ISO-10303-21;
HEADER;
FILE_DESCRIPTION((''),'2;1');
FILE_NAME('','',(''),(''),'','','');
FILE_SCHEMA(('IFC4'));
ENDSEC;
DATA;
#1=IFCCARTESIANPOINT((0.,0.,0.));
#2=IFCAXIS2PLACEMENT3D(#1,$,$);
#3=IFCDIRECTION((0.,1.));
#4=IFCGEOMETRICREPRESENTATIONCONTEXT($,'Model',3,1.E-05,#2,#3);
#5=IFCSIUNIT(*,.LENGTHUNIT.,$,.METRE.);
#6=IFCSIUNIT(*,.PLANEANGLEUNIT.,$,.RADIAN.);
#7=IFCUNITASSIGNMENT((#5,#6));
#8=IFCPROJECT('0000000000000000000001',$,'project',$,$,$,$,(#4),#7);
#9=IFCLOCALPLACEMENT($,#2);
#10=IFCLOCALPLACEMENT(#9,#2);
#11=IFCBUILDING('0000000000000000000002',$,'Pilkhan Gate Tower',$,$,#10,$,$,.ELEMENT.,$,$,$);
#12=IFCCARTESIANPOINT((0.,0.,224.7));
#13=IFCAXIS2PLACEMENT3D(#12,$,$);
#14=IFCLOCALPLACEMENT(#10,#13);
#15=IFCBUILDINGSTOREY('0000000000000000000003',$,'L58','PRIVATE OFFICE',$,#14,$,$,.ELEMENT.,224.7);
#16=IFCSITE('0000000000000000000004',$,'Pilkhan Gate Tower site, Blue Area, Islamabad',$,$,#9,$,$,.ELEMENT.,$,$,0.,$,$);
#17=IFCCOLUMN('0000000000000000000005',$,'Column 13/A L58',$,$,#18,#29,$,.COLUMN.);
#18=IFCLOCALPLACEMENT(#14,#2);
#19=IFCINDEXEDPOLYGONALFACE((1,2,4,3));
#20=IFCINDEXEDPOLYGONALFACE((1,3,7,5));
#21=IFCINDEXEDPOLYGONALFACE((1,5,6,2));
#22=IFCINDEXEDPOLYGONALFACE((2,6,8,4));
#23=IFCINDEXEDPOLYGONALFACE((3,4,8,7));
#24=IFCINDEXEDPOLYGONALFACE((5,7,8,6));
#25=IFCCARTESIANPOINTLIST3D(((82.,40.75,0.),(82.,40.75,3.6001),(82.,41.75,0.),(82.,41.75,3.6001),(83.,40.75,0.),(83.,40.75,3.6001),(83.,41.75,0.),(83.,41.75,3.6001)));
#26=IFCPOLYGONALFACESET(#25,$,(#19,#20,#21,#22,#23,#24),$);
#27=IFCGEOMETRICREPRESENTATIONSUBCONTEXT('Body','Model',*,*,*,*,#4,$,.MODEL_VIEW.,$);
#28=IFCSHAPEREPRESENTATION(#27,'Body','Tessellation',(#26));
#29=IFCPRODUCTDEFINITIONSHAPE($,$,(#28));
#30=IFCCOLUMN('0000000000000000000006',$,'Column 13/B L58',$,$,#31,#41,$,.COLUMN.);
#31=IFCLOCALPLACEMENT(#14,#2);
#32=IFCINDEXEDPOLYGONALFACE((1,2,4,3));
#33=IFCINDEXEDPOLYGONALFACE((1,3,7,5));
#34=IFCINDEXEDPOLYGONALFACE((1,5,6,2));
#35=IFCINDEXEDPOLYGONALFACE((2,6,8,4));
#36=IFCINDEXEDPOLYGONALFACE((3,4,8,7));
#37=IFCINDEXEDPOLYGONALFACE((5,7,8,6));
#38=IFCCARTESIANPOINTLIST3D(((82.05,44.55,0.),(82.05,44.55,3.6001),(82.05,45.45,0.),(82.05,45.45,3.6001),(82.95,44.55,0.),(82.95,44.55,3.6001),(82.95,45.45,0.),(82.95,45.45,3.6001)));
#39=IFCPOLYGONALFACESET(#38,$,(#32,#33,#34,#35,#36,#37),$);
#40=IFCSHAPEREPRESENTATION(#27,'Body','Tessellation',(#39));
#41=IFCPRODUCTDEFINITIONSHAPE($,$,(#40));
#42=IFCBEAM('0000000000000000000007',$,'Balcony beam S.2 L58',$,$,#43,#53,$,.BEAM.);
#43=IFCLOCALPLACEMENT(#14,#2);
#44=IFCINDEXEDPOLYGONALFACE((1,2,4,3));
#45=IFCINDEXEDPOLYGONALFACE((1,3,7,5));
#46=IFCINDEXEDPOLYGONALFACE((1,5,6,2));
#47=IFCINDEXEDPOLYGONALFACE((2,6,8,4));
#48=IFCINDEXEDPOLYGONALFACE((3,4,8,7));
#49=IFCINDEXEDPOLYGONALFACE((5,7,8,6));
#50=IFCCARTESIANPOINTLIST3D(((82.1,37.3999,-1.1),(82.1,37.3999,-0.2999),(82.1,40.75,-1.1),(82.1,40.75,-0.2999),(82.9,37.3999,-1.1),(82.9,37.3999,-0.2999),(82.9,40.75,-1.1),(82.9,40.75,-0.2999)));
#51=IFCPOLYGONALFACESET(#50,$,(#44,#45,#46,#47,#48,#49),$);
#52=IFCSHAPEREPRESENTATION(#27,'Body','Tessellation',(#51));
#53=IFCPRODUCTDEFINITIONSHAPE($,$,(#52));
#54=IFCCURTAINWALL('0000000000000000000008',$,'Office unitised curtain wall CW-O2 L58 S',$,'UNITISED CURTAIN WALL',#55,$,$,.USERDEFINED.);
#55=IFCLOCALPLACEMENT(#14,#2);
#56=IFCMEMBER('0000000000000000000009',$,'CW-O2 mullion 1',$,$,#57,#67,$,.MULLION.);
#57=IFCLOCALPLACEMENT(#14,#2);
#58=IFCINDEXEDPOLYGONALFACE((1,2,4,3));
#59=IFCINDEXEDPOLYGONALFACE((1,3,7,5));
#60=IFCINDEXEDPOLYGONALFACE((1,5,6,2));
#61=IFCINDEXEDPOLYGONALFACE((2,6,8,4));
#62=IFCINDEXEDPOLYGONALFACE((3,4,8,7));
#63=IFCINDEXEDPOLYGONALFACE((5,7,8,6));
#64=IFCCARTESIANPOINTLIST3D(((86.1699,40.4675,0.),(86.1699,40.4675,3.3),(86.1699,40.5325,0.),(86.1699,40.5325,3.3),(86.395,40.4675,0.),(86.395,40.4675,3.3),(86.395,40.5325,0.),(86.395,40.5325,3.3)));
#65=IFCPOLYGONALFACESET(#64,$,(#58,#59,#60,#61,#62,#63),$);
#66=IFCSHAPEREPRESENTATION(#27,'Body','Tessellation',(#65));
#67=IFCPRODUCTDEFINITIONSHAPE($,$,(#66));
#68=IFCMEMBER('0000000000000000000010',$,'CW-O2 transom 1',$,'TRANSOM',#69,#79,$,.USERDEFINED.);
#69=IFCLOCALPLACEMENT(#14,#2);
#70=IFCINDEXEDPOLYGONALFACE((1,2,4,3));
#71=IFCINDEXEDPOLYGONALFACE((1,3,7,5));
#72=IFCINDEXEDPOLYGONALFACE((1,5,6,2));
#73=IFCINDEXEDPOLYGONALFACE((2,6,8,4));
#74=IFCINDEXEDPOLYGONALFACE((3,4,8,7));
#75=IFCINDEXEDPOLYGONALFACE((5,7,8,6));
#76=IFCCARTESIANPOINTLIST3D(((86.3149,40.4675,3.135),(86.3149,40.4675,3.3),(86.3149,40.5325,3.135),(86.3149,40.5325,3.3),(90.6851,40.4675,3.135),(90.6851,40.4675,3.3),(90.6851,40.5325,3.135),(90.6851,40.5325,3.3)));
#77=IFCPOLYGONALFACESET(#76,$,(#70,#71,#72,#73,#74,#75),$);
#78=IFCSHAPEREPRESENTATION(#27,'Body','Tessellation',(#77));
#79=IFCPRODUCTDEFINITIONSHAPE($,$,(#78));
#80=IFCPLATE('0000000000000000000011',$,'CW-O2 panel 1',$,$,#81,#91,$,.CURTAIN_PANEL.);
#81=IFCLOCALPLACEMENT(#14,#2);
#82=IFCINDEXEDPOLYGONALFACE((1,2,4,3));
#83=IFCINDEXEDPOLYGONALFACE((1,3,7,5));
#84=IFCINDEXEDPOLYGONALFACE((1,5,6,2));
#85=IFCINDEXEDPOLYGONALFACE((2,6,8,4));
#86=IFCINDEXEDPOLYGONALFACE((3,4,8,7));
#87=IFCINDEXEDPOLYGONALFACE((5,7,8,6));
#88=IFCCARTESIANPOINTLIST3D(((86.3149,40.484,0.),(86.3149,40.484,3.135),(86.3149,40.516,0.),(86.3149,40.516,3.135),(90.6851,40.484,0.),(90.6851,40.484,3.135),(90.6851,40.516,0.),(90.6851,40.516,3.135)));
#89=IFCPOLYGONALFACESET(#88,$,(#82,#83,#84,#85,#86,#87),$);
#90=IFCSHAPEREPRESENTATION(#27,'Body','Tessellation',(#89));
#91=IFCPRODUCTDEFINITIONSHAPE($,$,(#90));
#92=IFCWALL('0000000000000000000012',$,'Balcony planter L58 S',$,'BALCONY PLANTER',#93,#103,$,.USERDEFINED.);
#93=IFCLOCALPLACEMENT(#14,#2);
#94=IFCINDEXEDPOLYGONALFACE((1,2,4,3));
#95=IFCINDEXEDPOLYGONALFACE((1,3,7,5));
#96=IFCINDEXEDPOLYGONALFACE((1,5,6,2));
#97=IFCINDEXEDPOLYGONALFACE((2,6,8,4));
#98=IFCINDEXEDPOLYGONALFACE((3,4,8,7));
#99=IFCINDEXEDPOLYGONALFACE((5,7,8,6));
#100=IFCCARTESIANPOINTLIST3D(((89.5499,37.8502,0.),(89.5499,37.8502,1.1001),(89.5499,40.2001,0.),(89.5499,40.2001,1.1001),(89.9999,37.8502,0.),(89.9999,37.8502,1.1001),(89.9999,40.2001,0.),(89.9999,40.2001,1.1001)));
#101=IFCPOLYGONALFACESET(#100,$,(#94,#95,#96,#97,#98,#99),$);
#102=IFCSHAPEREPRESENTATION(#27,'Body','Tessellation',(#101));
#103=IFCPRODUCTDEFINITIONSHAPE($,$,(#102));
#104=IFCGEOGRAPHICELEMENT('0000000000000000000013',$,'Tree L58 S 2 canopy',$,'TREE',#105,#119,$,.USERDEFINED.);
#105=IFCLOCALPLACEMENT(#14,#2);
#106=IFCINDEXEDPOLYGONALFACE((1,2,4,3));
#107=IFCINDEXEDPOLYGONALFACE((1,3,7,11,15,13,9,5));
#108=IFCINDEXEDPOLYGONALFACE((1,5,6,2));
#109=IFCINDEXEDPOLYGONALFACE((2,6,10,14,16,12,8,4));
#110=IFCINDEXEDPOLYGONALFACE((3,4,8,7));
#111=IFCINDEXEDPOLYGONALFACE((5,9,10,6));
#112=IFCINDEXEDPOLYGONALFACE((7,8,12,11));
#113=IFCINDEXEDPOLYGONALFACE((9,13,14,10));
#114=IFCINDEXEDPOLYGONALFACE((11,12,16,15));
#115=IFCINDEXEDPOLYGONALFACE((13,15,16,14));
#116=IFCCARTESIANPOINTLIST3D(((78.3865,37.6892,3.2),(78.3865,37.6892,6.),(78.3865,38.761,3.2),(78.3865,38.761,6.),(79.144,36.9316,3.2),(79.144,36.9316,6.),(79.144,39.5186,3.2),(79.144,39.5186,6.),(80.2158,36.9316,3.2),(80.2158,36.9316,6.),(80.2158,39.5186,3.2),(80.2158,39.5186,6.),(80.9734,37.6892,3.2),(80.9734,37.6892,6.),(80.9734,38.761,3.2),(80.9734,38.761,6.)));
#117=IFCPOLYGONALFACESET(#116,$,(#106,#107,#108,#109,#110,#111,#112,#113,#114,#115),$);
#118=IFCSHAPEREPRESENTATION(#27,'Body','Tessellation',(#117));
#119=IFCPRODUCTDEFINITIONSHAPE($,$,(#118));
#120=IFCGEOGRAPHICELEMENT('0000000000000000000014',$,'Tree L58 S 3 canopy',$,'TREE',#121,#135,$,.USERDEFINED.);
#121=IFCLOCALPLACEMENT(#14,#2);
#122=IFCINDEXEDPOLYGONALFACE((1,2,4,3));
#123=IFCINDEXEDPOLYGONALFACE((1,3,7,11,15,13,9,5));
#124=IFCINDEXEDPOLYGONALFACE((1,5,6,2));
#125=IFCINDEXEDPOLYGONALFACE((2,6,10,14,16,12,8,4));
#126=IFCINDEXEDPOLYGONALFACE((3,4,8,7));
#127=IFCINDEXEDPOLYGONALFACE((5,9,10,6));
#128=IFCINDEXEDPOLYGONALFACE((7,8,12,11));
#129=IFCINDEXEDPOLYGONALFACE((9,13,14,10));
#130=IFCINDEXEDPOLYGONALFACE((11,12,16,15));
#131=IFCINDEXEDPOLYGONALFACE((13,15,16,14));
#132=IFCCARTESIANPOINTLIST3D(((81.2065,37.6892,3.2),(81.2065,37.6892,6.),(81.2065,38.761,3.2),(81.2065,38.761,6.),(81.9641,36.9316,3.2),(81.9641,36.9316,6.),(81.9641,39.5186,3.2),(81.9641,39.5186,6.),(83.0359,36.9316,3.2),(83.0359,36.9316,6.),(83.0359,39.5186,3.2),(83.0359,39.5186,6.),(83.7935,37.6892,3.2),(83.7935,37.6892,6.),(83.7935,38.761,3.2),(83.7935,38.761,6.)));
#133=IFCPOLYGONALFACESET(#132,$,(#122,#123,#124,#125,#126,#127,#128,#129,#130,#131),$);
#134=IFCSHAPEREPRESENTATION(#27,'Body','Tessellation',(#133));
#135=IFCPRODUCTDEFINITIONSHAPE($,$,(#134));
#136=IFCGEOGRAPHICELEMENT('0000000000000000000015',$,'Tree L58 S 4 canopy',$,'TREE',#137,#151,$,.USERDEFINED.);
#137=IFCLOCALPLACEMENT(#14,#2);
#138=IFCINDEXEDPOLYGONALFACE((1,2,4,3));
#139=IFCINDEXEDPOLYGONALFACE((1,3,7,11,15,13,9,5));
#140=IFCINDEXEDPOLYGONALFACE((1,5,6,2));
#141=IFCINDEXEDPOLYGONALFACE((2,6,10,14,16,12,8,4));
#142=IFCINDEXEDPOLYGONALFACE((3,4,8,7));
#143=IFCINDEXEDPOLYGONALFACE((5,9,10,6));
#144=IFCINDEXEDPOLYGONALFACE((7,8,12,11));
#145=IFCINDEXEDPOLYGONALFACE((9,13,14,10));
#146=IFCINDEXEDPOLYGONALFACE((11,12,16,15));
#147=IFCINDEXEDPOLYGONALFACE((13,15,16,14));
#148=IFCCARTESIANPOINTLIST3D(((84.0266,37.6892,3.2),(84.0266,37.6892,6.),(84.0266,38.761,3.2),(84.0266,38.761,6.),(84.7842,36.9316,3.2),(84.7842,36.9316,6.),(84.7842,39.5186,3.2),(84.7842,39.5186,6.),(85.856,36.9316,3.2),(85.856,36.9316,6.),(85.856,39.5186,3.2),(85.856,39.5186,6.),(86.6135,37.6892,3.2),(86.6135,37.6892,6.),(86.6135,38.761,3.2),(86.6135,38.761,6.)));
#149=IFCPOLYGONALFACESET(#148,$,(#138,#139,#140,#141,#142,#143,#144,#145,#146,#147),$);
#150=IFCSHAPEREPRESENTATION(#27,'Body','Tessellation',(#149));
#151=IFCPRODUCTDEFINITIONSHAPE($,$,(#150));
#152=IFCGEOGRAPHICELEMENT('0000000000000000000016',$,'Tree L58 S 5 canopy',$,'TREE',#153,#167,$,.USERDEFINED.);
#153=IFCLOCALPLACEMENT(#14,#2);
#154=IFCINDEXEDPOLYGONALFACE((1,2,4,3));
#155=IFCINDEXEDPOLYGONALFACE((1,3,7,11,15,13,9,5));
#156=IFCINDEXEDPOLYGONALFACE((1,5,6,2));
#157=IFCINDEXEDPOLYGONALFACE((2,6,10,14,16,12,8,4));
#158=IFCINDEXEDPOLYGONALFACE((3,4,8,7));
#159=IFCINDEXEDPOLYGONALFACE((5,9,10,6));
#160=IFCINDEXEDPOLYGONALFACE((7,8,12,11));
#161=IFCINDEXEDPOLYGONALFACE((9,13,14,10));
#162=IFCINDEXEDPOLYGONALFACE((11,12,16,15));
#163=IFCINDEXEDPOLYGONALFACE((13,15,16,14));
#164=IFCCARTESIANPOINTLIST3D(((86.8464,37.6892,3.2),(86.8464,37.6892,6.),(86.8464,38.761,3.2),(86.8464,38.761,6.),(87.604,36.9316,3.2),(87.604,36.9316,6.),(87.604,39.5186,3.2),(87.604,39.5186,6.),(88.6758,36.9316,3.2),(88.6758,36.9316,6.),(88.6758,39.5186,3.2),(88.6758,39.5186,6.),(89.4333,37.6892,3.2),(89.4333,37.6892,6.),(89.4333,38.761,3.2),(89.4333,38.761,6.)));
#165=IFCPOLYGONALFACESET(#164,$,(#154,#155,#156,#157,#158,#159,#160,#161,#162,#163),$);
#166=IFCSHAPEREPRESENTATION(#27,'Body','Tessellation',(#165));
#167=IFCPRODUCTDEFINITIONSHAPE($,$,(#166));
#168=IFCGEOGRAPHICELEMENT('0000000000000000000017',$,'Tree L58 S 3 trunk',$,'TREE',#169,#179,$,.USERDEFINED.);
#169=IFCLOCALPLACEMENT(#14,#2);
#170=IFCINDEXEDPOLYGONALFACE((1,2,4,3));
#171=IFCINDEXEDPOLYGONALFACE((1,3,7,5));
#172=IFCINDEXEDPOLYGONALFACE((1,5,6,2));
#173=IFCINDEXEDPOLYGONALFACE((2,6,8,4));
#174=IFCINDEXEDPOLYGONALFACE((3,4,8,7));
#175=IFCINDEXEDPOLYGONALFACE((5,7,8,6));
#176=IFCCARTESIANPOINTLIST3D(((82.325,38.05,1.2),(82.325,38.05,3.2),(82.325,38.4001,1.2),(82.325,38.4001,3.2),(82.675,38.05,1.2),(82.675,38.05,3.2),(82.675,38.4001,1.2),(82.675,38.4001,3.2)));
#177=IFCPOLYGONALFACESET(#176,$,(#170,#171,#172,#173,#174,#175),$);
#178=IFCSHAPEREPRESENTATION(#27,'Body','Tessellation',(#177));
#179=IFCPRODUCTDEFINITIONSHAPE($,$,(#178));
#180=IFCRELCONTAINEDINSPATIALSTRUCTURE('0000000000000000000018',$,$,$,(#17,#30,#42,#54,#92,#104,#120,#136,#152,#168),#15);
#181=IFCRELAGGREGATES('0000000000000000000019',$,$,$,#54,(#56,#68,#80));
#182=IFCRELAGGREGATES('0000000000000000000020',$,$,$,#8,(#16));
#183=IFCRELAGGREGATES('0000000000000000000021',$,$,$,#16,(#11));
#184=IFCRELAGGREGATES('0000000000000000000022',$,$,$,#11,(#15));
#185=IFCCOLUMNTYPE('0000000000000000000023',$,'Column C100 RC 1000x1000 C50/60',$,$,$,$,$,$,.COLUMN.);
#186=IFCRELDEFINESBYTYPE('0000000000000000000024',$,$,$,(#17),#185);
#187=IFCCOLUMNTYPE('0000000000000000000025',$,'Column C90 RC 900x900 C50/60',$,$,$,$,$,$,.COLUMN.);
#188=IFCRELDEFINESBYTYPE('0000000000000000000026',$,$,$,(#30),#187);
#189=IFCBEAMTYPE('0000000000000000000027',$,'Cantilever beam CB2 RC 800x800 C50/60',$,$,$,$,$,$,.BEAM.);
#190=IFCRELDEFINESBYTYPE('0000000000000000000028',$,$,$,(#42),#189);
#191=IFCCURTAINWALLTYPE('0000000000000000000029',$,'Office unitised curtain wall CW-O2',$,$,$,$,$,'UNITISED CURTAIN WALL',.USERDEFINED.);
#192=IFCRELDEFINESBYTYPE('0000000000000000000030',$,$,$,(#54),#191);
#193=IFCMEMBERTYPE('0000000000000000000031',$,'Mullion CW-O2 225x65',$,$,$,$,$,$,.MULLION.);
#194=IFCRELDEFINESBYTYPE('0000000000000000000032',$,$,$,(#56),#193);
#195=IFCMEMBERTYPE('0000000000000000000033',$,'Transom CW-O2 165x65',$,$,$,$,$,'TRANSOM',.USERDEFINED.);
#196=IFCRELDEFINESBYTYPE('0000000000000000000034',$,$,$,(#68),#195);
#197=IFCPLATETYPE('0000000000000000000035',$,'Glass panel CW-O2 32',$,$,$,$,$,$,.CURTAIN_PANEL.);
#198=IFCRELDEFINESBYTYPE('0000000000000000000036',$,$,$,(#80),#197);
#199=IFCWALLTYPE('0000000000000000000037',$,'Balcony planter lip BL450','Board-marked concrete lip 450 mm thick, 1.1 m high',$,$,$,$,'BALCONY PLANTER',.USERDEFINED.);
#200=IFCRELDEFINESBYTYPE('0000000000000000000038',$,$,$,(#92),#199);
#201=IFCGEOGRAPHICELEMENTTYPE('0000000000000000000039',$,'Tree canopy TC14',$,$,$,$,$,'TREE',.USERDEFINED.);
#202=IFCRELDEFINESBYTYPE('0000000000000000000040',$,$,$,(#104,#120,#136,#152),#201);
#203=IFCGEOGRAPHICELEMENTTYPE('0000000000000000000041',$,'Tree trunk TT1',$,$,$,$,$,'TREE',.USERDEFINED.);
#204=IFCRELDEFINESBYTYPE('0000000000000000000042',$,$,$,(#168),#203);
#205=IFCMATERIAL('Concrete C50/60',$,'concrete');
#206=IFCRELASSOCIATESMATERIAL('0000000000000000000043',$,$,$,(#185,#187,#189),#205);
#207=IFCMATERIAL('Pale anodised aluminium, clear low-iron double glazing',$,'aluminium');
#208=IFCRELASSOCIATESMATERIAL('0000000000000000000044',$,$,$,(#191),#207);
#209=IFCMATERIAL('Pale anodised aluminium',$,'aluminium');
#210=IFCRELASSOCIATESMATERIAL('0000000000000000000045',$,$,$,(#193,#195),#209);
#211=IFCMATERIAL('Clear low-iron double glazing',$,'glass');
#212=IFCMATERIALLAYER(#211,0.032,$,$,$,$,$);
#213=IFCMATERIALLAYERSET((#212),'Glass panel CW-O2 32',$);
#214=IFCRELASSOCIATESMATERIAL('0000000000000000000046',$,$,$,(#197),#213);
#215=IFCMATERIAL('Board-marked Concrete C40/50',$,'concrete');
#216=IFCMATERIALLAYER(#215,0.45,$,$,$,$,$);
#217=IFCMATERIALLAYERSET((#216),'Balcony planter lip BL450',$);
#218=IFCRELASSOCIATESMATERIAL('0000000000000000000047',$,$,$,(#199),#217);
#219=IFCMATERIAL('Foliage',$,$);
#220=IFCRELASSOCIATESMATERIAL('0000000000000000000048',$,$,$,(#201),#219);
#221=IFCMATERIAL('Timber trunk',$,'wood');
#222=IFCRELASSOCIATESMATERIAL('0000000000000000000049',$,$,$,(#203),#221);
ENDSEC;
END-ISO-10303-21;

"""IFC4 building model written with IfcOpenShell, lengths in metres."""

from ifc_helpers import new_model, si_unit, direction, frame, frame_2d, origin, origin_2d, place, context, subcontext, project, spatial, polyline, rectangle, outline, extrude, material, layer, layer_set, material_profile, profile_set, type_object, element, aggregate, save


model = new_model("IFC4")

# Units and contexts
model_context = context("Model", 3, precision=1e-05, world=origin(), true_north=direction((0.0, 1.0)))
body_context = subcontext(model_context, "Body", "Model", "MODEL_VIEW")
ifc_project = project(units=[si_unit("LENGTHUNIT", "METRE"), si_unit("PLANEANGLEUNIT", "RADIAN")], contexts=[model_context])

# Site, building, storey
site_placement = place(None, origin())
site = spatial("IfcSite", under=ifc_project, at=site_placement, Name="Pilkhan Gate Tower site, Blue Area, Islamabad", CompositionType="ELEMENT", RefElevation=0.0)
building_placement = place(site_placement, origin())
building = spatial("IfcBuilding", under=site, at=building_placement, Name="Pilkhan Gate Tower", CompositionType="ELEMENT")
storey_placement = place(building_placement, frame((0.0, 0.0, 224.7)))
storey = spatial("IfcBuildingStorey", under=building, at=storey_placement, Name="L58", Description="PRIVATE OFFICE", CompositionType="ELEMENT", Elevation=224.7)

# Columns
ifc_material_1 = material(Name="Concrete C50/60", Category="concrete")
ifc_material_profile_1 = material_profile(ifc_material_1, rectangle(XDim=1.0, YDim=1.0, at=origin_2d()), Name="RC 1000x1000")
ifc_profile_set_1 = profile_set([ifc_material_profile_1], Name="Concrete C50/60")
column_type_1 = type_object("IfcColumnType", Name="Column C100 RC 1000x1000 C50/60", PredefinedType="COLUMN", material=ifc_profile_set_1)
column_1_placement = place(storey_placement, frame((82.5, 41.25, 0.0), z_axis=(0.0, 0.0, 1.0), x_axis=(1.0, 0.0, 0.0)))
element("IfcColumn", 1, at=column_1_placement, inside=storey, type_object=column_type_1, Name="Column 13/A L58", PredefinedType="COLUMN", context=body_context, shape_type="SweptSolid", body=[
    extrude(rectangle(XDim=1.0, YDim=1.0, at=origin_2d()), origin(), (0.0, 0.0, 1.0), 3.6001),
])
ifc_material_profile_2 = material_profile(ifc_material_1, rectangle(XDim=0.8999, YDim=0.8999, at=origin_2d()), Name="RC 900x900")
ifc_profile_set_2 = profile_set([ifc_material_profile_2], Name="Concrete C50/60")
column_type_2 = type_object("IfcColumnType", Name="Column C90 RC 900x900 C50/60", PredefinedType="COLUMN", material=ifc_profile_set_2)
column_2_placement = place(storey_placement, frame((82.5, 45.0, 0.0), z_axis=(0.0, 0.0, 1.0), x_axis=(1.0, 0.0, 0.0)))
element("IfcColumn", 2, at=column_2_placement, inside=storey, type_object=column_type_2, Name="Column 13/B L58", PredefinedType="COLUMN", context=body_context, shape_type="SweptSolid", body=[
    extrude(rectangle(XDim=0.8999, YDim=0.8999, at=origin_2d()), origin(), (0.0, 0.0, 1.0), 3.6001),
])

# Beam
ifc_material_profile_3 = material_profile(ifc_material_1, rectangle(XDim=0.8, YDim=0.8, at=origin_2d()), Name="RC 800x800")
ifc_profile_set_3 = profile_set([ifc_material_profile_3], Name="Concrete C50/60")
beam_type = type_object("IfcBeamType", Name="Cantilever beam CB2 RC 800x800 C50/60", PredefinedType="BEAM", material=ifc_profile_set_3)
beam_placement = place(storey_placement, frame((82.5, 40.75, -0.7), z_axis=(0.0, -1.0, 0.0), x_axis=(1.0, 0.0, 0.0)))
element("IfcBeam", 3, at=beam_placement, inside=storey, type_object=beam_type, Name="Balcony beam S.2 L58", PredefinedType="BEAM", context=body_context, shape_type="SweptSolid", body=[
    extrude(rectangle(XDim=0.8, YDim=0.8, at=origin_2d()), origin(), (0.0, 0.0, 1.0), 3.3501),
])

# Curtain wall, members, plate
ifc_material_2 = material(Name="Pale anodised aluminium, clear low-iron double glazing", Category="aluminium")
curtain_wall_type = type_object("IfcCurtainWallType", Name="Office unitised curtain wall CW-O2", ElementType="UNITISED CURTAIN WALL", PredefinedType="USERDEFINED", material=ifc_material_2)
curtain_wall_placement = place(storey_placement, origin())
curtain_wall = element("IfcCurtainWall", 4, at=curtain_wall_placement, inside=storey, type_object=curtain_wall_type, Name="Office unitised curtain wall CW-O2 L58 S", ObjectType="UNITISED CURTAIN WALL", PredefinedType="USERDEFINED")
ifc_material_3 = material(Name="Pale anodised aluminium", Category="aluminium")
ifc_material_profile_4 = material_profile(ifc_material_3, rectangle(XDim=0.0649, YDim=0.2251, at=origin_2d()), Name="Mullion 225x65")
ifc_profile_set_4 = profile_set([ifc_material_profile_4], Name="Pale anodised aluminium")
member_type_1 = type_object("IfcMemberType", Name="Mullion CW-O2 225x65", PredefinedType="MULLION", material=ifc_profile_set_4)
member_1_placement = place(storey_placement, frame((86.2825, 40.5, 0.0), z_axis=(0.0, 0.0, 1.0), x_axis=(0.0, 1.0, 0.0)))
member_1 = element("IfcMember", 5, at=member_1_placement, type_object=member_type_1, Name="CW-O2 mullion 1", PredefinedType="MULLION", context=body_context, shape_type="SweptSolid", body=[
    extrude(rectangle(XDim=0.0649, YDim=0.2251, at=origin_2d()), origin(), (0.0, 0.0, 1.0), 3.3),
])
ifc_material_profile_5 = material_profile(ifc_material_3, rectangle(XDim=0.0649, YDim=0.165, at=origin_2d()), Name="Transom 165x65")
ifc_profile_set_5 = profile_set([ifc_material_profile_5], Name="Pale anodised aluminium")
member_type_2 = type_object("IfcMemberType", Name="Transom CW-O2 165x65", ElementType="TRANSOM", PredefinedType="USERDEFINED", material=ifc_profile_set_5)
member_2_placement = place(storey_placement, frame((86.3149, 40.5, 3.2175), z_axis=(1.0, 0.0, 0.0), x_axis=(0.0, 1.0, 0.0)))
member_2 = element("IfcMember", 6, at=member_2_placement, type_object=member_type_2, Name="CW-O2 transom 1", ObjectType="TRANSOM", PredefinedType="USERDEFINED", context=body_context, shape_type="SweptSolid", body=[
    extrude(rectangle(XDim=0.0649, YDim=0.165, at=origin_2d()), origin(), (0.0, 0.0, 1.0), 4.3701),
])
ifc_material_4 = material(Name="Clear low-iron double glazing", Category="glass")
ifc_layer_1 = layer(ifc_material_4, 0.032)
ifc_layer_set_1 = layer_set([ifc_layer_1], Name="Glass panel CW-O2 32")
plate_type = type_object("IfcPlateType", Name="Glass panel CW-O2 32", PredefinedType="CURTAIN_PANEL", material=ifc_layer_set_1)
plate_placement = place(storey_placement, frame((88.5, 40.5, 0.0), z_axis=(0.0, 0.0, 1.0), x_axis=(1.0, 0.0, 0.0)))
plate = element("IfcPlate", 7, at=plate_placement, type_object=plate_type, Name="CW-O2 panel 1", PredefinedType="CURTAIN_PANEL", context=body_context, shape_type="SweptSolid", body=[
    extrude(rectangle(XDim=4.3701, YDim=0.032, at=origin_2d()), origin(), (0.0, 0.0, 1.0), 3.135),
])
aggregate(curtain_wall, [member_1, member_2, plate])

# Wall
ifc_material_5 = material(Name="Board-marked Concrete C40/50", Category="concrete")
ifc_layer_2 = layer(ifc_material_5, 0.45)
ifc_layer_set_2 = layer_set([ifc_layer_2], Name="Balcony planter lip BL450")
wall_type_1 = type_object("IfcWallType", Name="Balcony planter lip BL450", Description="Board-marked concrete lip 450 mm thick, 1.1 m high", ElementType="BALCONY PLANTER", PredefinedType="USERDEFINED", material=ifc_layer_set_2)
wall_1_placement = place(storey_placement, frame((89.7749, 40.2, 0.0), z_axis=(0.0, 0.0, 1.0), x_axis=(0.0, -1.0, 0.0)))
element("IfcWall", 8, at=wall_1_placement, inside=storey, type_object=wall_type_1, Name="Balcony planter L58 S", ObjectType="BALCONY PLANTER", PredefinedType="USERDEFINED", context=body_context, shape_type="SweptSolid", body=[
    extrude(rectangle(XDim=2.3499, YDim=0.45, at=frame_2d((1.1748, 0.0))), origin(), (0.0, 0.0, 1.0), 1.1001),
])

# Geographic elements
ifc_material_6 = material(Name="Foliage")
ifc_material_profile_6 = material_profile(ifc_material_6, outline(polyline([(1.2935, 0.5359), (0.5359, 1.2935), (-0.5359, 1.2935), (-1.2935, 0.5359), (-1.2935, -0.5359), (-0.5359, -1.2935), (0.5359, -1.2935), (1.2935, -0.5359), (1.2935, 0.5359)])), Name="Canopy D2.8")
ifc_profile_set_6 = profile_set([ifc_material_profile_6], Name="Foliage")
geographic_element_type_1 = type_object("IfcGeographicElementType", Name="Tree canopy TC14", ElementType="TREE", PredefinedType="USERDEFINED", material=ifc_profile_set_6)
for number, where, z_axis, x_axis, name in (
    (9, (79.6799, 38.2251, 3.2), (0.0, 0.0, 1.0), (1.0, 0.0, 0.0), "Tree L58 S 2 canopy"),
    (10, (82.5, 38.2251, 3.2), (0.0, 0.0, 1.0), (1.0, 0.0, 0.0), "Tree L58 S 3 canopy"),
    (11, (85.3201, 38.2251, 3.2), (0.0, 0.0, 1.0), (1.0, 0.0, 0.0), "Tree L58 S 4 canopy"),
    (12, (88.1399, 38.2251, 3.2), (0.0, 0.0, 1.0), (1.0, 0.0, 0.0), "Tree L58 S 5 canopy"),
):
    element("IfcGeographicElement", number, at=place(storey_placement, frame(where, z_axis=z_axis, x_axis=x_axis)), inside=storey, type_object=geographic_element_type_1, Name=name, ObjectType="TREE", PredefinedType="USERDEFINED", context=body_context, shape_type="SweptSolid", body=[
        extrude(outline(polyline([(1.2935, 0.5359), (0.5359, 1.2935), (-0.5359, 1.2935), (-1.2935, 0.5359), (-1.2935, -0.5359), (-0.5359, -1.2935), (0.5359, -1.2935), (1.2935, -0.5359), (1.2935, 0.5359)])), origin(), (0.0, 0.0, 1.0), 2.8),
    ])
ifc_material_7 = material(Name="Timber trunk", Category="wood")
geographic_element_type_2 = type_object("IfcGeographicElementType", Name="Tree trunk TT1", ElementType="TREE", PredefinedType="USERDEFINED", material=ifc_material_7)
for number, where, z_axis, x_axis, name in (
    (13, (82.5, 38.2251, 1.2), (0.0, 0.0, 1.0), (1.0, 0.0, 0.0), "Tree L58 S 3 trunk"),
):
    element("IfcGeographicElement", number, at=place(storey_placement, frame(where, z_axis=z_axis, x_axis=x_axis)), inside=storey, type_object=geographic_element_type_2, Name=name, ObjectType="TREE", PredefinedType="USERDEFINED", context=body_context, shape_type="SweptSolid", body=[
        extrude(rectangle(XDim=0.3501, YDim=0.3501, at=origin_2d()), origin(), (0.0, 0.0, 1.0), 2.0),
    ])

save(model, "model.ifc")
